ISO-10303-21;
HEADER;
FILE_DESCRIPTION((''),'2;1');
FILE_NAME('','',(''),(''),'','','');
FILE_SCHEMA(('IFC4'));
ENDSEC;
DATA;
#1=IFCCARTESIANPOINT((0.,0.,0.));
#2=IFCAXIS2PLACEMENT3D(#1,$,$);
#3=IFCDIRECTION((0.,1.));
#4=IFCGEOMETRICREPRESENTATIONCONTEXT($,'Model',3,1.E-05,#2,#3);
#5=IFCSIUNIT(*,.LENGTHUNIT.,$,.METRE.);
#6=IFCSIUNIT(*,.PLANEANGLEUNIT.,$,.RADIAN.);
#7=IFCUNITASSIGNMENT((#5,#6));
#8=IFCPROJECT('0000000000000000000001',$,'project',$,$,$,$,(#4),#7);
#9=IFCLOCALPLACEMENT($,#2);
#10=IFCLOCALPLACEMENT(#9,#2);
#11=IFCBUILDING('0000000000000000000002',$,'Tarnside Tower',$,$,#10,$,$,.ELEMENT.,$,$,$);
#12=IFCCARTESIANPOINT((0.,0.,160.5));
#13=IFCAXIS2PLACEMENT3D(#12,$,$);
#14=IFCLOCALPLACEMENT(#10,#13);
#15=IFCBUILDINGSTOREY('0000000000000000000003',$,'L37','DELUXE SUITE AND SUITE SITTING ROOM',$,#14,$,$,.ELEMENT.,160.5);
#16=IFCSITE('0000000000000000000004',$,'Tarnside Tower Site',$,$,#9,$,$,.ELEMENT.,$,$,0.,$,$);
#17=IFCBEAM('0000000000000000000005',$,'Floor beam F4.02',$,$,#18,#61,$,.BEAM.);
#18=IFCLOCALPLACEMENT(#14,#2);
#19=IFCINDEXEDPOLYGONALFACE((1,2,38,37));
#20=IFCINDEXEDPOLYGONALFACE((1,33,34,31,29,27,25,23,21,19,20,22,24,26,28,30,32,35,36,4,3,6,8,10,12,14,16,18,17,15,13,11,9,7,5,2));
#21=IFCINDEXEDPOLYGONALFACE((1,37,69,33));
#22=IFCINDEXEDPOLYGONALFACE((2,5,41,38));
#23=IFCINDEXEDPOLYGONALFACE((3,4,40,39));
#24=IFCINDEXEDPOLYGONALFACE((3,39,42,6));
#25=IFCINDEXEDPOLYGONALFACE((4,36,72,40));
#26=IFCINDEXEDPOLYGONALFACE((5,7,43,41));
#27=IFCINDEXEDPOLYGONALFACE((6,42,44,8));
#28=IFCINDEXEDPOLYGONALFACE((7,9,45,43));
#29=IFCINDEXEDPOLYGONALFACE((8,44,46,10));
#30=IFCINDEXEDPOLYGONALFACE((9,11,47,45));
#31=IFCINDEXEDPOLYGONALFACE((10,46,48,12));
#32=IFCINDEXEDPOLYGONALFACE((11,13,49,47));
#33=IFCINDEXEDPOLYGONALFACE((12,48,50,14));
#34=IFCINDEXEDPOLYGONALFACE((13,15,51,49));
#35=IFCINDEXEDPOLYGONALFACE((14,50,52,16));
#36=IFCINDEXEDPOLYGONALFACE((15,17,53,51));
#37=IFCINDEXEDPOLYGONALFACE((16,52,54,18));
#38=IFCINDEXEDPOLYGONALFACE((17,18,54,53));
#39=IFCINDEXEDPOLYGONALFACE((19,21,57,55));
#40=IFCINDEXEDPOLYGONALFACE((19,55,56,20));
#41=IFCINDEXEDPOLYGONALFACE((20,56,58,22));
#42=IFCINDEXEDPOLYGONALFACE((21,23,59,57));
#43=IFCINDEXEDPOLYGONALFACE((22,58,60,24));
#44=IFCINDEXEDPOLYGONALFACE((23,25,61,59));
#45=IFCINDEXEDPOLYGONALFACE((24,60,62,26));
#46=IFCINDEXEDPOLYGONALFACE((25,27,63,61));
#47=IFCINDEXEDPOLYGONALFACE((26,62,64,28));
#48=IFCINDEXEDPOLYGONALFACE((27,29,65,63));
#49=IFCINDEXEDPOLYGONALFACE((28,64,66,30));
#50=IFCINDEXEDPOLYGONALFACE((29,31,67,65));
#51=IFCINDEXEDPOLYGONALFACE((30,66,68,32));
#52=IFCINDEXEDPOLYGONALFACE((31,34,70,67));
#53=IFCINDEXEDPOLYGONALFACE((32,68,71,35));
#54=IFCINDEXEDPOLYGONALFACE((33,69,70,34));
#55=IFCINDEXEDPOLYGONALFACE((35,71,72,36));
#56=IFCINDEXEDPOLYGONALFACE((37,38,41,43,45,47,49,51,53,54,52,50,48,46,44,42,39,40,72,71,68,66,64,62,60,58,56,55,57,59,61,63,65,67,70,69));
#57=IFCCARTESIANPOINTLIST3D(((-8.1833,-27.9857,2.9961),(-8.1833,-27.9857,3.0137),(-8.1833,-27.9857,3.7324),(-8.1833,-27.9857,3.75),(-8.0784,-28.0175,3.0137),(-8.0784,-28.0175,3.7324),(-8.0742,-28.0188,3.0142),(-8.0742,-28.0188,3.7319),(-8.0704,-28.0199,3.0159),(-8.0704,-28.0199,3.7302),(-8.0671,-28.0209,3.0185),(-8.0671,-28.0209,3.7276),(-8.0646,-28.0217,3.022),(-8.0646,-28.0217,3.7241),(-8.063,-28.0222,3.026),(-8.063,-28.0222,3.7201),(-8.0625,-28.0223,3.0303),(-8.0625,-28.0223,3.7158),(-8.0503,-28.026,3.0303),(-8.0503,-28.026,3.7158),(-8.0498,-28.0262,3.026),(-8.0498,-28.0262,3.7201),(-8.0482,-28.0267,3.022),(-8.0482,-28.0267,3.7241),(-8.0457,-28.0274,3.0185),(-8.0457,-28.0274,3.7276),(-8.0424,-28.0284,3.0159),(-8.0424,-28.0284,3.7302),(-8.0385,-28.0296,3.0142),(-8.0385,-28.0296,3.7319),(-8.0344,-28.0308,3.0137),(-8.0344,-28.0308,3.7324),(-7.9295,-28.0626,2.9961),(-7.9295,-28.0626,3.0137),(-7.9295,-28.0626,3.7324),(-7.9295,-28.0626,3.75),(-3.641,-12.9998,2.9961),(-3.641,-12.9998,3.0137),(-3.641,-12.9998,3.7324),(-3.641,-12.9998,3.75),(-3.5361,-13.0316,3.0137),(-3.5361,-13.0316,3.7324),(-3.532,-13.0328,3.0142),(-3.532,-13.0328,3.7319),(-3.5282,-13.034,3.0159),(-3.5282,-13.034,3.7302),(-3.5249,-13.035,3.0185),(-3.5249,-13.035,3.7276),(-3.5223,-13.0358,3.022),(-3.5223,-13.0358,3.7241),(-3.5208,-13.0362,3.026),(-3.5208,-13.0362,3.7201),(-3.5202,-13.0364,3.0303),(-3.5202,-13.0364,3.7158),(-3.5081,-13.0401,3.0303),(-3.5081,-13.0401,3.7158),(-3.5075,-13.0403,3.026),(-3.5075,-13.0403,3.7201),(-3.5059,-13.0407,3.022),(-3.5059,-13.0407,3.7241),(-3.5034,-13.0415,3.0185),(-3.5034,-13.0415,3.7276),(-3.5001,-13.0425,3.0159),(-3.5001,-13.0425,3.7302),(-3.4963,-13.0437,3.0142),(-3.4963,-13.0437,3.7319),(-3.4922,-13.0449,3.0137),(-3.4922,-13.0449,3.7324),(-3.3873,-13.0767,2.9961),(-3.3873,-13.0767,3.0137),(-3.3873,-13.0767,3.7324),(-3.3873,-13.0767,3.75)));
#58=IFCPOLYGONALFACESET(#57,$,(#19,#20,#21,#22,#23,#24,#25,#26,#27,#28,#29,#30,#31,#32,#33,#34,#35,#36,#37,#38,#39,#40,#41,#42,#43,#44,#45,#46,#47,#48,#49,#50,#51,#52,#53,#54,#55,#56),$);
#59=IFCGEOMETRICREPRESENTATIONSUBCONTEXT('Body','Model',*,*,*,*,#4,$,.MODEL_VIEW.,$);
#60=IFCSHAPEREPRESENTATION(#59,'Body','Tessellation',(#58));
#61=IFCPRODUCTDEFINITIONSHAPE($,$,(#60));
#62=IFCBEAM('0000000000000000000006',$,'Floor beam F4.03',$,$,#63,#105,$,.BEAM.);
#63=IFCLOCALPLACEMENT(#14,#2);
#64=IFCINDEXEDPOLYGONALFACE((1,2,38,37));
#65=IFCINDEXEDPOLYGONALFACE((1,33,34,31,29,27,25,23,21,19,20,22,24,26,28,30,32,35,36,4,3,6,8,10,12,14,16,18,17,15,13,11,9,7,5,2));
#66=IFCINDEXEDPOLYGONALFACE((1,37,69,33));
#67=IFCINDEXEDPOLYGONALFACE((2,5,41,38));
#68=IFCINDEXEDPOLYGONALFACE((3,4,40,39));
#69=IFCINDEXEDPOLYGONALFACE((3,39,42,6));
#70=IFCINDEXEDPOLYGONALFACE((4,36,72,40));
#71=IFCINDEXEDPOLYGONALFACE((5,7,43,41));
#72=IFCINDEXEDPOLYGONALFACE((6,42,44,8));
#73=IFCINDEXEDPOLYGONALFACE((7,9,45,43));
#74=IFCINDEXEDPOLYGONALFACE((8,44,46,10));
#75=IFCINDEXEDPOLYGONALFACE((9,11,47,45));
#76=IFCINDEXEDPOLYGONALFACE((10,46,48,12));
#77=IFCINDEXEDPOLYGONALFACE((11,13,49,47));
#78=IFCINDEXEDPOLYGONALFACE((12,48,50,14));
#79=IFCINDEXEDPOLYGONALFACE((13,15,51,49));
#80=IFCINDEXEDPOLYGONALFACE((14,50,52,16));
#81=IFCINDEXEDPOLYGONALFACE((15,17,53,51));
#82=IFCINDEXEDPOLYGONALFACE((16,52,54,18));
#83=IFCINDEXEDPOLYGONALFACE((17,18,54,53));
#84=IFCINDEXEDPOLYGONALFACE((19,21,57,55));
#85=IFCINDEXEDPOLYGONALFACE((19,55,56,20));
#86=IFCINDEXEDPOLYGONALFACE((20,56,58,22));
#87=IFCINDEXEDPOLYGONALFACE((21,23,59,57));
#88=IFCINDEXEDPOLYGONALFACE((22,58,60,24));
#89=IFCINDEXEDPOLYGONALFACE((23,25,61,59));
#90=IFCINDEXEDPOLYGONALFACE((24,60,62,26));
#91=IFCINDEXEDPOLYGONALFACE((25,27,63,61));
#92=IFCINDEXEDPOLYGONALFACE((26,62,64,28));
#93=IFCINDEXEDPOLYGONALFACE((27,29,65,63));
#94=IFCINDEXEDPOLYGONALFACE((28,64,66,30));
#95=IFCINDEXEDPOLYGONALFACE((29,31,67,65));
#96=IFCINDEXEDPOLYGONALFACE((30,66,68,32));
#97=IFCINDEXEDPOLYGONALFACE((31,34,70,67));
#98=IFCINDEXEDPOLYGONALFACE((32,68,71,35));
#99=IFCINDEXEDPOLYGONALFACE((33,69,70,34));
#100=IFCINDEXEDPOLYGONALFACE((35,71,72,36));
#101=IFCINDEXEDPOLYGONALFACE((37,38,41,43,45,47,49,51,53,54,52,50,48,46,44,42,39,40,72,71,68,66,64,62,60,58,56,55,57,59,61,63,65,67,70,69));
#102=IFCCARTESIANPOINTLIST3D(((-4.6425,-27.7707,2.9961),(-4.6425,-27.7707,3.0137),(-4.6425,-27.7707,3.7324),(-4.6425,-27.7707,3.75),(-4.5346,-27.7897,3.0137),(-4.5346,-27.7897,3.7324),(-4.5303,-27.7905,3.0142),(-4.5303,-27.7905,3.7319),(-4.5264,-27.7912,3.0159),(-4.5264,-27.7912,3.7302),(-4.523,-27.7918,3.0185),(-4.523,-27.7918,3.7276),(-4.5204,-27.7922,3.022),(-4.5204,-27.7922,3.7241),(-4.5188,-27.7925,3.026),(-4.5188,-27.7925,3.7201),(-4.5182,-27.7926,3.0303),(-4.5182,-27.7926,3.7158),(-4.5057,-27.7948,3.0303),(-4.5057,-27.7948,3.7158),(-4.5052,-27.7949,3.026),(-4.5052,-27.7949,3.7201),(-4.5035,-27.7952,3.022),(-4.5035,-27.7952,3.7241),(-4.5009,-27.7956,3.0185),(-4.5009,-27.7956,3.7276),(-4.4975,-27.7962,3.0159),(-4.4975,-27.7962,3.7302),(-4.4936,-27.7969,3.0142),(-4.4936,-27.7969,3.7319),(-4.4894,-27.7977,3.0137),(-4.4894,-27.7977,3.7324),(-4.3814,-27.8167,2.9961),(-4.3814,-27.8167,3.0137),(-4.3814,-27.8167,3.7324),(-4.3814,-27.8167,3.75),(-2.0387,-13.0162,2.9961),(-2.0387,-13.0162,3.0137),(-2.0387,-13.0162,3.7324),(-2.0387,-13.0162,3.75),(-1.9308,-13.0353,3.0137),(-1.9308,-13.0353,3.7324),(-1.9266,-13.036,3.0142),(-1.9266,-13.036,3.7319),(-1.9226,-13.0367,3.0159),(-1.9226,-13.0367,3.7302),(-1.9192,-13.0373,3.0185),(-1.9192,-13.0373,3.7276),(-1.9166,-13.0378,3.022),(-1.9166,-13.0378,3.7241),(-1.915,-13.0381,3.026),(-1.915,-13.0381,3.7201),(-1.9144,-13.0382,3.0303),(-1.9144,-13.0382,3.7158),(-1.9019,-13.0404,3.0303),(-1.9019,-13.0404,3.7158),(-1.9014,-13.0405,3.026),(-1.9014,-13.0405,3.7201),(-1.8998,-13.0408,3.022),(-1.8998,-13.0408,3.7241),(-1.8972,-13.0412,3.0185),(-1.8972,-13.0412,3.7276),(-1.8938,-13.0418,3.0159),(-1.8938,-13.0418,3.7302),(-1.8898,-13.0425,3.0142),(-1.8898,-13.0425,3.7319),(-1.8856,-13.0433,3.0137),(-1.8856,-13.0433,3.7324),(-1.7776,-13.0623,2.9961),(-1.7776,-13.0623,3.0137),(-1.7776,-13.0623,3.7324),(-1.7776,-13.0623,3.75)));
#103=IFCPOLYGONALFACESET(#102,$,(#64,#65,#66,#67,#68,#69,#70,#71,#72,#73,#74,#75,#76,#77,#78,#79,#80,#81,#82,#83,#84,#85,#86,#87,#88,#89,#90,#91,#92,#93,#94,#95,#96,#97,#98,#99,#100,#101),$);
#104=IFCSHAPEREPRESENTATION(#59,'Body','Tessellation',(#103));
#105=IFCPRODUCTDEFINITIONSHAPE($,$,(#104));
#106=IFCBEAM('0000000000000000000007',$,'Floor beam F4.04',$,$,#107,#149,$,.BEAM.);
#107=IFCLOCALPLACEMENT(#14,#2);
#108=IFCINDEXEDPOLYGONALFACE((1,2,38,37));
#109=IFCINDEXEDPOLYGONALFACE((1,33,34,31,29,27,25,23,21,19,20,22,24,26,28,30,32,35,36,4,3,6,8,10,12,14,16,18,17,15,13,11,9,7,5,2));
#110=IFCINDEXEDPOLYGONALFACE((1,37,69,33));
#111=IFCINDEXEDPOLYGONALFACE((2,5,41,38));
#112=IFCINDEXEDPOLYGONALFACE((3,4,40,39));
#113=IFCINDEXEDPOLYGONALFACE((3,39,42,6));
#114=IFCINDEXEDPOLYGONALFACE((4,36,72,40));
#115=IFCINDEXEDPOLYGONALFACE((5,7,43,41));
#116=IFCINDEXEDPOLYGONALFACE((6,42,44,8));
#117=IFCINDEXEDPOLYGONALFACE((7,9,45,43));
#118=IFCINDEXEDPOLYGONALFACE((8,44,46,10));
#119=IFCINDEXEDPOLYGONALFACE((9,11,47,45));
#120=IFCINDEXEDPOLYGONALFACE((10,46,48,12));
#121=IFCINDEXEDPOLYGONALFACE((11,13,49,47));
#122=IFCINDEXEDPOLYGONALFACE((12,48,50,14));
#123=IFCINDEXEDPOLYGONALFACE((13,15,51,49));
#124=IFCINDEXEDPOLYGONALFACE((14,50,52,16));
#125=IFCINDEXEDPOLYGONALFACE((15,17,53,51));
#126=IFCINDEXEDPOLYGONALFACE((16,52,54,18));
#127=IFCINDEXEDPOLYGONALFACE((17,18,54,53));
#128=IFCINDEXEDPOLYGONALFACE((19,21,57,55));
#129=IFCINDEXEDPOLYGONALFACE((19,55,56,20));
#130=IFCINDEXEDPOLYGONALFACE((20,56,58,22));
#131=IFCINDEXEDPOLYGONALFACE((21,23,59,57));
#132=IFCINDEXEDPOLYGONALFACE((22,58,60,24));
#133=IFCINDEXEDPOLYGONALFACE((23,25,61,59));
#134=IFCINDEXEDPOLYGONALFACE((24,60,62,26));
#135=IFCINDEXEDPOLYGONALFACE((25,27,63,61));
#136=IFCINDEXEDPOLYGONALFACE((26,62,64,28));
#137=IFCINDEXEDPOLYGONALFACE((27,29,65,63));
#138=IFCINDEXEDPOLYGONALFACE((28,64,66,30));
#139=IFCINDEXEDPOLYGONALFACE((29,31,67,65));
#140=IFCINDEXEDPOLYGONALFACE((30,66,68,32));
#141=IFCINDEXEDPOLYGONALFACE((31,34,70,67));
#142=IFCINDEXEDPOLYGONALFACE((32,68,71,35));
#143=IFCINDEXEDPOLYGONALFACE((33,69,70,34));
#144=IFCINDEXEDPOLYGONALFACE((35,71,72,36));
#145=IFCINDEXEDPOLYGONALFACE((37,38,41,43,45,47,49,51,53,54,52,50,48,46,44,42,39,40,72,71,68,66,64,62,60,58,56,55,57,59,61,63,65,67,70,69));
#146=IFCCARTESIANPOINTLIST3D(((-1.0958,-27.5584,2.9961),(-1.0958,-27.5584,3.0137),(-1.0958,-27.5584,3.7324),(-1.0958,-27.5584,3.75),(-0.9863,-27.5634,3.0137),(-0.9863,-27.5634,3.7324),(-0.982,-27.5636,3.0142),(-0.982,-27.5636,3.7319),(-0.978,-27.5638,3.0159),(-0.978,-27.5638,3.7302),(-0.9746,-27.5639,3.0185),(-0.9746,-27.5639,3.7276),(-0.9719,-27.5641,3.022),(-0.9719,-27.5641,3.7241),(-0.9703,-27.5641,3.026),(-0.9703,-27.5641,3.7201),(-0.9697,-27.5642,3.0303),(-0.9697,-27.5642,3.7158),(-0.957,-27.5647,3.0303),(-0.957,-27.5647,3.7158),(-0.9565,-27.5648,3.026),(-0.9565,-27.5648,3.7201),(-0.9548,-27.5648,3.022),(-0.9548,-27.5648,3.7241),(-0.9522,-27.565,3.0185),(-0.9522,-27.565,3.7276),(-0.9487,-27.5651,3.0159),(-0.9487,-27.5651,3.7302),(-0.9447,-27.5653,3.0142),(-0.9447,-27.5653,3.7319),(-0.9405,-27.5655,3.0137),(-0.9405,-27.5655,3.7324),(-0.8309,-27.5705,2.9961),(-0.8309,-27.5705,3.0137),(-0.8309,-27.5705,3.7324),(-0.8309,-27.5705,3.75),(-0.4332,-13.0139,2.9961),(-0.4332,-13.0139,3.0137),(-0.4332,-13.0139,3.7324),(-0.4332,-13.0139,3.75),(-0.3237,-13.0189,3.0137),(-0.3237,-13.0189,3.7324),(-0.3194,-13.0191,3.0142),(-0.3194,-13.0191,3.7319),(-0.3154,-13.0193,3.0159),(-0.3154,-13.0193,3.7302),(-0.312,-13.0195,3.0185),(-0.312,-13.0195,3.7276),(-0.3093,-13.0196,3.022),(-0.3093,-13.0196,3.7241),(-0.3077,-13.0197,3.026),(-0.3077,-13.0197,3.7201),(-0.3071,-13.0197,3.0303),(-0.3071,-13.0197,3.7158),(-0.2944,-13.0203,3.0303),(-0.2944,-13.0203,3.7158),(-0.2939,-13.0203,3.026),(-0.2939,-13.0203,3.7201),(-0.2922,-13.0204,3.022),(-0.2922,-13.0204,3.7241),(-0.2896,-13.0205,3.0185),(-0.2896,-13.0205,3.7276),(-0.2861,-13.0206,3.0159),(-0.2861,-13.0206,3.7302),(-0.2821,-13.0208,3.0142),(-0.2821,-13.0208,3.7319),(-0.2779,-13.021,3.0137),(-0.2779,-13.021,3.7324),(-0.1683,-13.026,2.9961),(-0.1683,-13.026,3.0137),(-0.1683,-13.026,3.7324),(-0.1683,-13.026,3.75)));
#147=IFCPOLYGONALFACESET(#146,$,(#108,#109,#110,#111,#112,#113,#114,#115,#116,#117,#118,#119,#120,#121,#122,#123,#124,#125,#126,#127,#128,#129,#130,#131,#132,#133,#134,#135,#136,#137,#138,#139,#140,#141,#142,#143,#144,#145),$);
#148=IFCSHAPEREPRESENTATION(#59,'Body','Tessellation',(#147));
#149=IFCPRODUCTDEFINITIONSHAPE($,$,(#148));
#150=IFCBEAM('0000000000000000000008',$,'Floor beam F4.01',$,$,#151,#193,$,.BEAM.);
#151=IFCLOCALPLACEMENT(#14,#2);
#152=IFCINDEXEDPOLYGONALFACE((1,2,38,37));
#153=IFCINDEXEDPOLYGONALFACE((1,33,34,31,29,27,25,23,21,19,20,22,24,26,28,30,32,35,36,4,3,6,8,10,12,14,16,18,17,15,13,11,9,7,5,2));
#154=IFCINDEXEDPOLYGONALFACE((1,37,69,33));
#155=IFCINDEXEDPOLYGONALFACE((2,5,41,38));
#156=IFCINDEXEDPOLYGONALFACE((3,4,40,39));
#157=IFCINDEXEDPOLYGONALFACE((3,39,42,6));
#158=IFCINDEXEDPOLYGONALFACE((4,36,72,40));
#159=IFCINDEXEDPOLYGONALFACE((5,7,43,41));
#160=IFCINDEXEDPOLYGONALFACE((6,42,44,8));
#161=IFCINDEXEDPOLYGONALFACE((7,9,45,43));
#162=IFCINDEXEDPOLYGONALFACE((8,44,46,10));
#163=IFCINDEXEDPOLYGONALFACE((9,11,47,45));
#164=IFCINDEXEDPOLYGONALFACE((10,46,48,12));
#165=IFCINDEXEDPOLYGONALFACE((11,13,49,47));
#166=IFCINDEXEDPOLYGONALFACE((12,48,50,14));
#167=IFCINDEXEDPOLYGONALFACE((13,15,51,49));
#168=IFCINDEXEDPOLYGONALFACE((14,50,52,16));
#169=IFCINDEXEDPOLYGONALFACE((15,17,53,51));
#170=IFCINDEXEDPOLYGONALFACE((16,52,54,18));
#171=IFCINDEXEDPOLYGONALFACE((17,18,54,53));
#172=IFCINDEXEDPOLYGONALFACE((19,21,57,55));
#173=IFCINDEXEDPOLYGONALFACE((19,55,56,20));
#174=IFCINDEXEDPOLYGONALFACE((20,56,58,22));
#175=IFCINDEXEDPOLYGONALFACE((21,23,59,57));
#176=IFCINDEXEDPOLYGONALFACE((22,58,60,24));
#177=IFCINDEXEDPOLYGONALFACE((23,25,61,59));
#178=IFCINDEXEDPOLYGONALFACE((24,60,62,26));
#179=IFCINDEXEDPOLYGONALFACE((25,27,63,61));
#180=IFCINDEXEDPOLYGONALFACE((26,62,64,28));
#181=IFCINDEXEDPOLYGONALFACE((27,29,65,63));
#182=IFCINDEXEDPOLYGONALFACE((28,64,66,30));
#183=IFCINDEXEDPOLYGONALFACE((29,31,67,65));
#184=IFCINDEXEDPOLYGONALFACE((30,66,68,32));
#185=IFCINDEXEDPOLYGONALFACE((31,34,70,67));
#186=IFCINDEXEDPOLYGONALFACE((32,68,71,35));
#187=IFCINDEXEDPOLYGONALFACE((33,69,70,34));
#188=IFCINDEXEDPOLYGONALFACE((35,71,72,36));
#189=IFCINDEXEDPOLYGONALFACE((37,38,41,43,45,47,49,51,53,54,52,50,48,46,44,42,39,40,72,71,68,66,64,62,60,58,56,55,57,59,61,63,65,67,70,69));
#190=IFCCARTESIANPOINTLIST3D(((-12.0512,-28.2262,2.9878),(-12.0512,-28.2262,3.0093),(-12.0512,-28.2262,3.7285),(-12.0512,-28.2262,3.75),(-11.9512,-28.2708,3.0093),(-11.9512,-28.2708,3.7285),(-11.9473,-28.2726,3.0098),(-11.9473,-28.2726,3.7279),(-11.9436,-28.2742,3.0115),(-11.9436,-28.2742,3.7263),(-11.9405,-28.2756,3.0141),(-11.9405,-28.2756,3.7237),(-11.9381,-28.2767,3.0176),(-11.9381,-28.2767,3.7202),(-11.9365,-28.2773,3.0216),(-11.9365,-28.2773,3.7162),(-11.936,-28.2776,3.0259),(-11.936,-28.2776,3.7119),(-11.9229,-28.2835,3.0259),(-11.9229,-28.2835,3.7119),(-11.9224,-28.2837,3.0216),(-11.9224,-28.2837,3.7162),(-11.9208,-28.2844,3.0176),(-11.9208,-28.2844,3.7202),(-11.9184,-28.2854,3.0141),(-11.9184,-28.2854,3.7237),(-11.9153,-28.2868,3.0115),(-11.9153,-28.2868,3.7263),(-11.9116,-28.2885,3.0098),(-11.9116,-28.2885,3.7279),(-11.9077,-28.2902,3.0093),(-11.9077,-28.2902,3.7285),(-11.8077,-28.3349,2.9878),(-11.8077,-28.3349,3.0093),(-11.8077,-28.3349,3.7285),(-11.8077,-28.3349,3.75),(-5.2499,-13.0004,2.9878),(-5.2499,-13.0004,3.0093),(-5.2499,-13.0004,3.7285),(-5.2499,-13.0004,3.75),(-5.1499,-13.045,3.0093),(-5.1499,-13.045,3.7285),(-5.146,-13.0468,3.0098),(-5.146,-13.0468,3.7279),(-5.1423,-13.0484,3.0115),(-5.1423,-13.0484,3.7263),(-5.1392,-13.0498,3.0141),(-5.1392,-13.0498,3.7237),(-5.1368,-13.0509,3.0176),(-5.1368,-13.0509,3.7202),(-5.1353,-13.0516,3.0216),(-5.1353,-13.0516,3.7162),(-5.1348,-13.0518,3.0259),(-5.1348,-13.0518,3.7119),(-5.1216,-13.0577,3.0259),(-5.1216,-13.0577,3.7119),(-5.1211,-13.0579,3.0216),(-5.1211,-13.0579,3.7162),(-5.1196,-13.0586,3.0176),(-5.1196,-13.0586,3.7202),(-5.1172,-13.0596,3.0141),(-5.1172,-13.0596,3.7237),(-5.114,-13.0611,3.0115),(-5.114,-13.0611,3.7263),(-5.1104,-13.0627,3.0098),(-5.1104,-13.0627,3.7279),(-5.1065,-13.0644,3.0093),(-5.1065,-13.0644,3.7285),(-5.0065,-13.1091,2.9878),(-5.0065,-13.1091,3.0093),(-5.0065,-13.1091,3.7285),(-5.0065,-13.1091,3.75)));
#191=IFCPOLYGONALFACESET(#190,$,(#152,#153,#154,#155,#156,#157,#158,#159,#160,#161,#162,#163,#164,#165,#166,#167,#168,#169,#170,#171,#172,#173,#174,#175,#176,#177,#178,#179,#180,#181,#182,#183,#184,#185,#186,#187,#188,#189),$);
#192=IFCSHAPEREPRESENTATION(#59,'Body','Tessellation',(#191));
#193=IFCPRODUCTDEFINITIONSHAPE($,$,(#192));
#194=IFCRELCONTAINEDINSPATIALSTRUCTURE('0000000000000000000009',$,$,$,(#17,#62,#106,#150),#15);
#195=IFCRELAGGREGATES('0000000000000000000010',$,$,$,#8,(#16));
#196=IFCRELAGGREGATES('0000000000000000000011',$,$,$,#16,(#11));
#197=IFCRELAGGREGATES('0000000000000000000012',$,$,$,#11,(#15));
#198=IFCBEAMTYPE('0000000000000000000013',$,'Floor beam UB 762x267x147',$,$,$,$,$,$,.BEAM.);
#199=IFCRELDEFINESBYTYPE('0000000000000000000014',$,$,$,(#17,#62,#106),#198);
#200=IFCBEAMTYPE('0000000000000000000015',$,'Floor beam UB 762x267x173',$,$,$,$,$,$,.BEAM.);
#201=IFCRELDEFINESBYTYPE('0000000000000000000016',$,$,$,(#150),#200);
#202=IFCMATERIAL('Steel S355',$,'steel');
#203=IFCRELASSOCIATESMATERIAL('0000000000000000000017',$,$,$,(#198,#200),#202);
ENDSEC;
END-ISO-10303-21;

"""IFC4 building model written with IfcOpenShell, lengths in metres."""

from ifc_helpers import new_model, si_unit, direction, frame, origin, origin_2d, place, context, subcontext, project, spatial, i_section, extrude, material, material_profile, profile_set, type_object, element, save


model = new_model("IFC4")

# Units and contexts
model_context = context("Model", 3, precision=1e-05, world=origin(), true_north=direction((0.0, 1.0)))
body_context = subcontext(model_context, "Body", "Model", "MODEL_VIEW")
ifc_project = project(units=[si_unit("LENGTHUNIT", "METRE"), si_unit("PLANEANGLEUNIT", "RADIAN")], contexts=[model_context])

# Site, building, storey
site_placement = place(None, origin())
site = spatial("IfcSite", under=ifc_project, at=site_placement, Name="Tarnside Tower Site", CompositionType="ELEMENT", RefElevation=0.0)
building_placement = place(site_placement, origin())
building = spatial("IfcBuilding", under=site, at=building_placement, Name="Tarnside Tower", CompositionType="ELEMENT")
storey_placement = place(building_placement, frame((0.0, 0.0, 160.5)))
storey = spatial("IfcBuildingStorey", under=building, at=storey_placement, Name="L37", Description="DELUXE SUITE AND SUITE SITTING ROOM", CompositionType="ELEMENT", Elevation=160.5)

# Beams
ifc_material_1 = material(Name="Steel S355", Category="steel")
ifc_material_profile_1 = material_profile(ifc_material_1, i_section(OverallWidth=0.2651, OverallDepth=0.7539, WebThickness=0.0127, FlangeThickness=0.0176, FilletRadius=0.0166, at=origin_2d()), Name="UB 762x267x147")
ifc_profile_set_1 = profile_set([ifc_material_profile_1], Name="Steel S355")
beam_type_1 = type_object("IfcBeamType", Name="Floor beam UB 762x267x147", PredefinedType="BEAM", material=ifc_profile_set_1)
beam_1_placement = place(storey_placement, frame((-8.0564, -28.0242, 3.373), z_axis=(0.29007, 0.957005, 0.0), x_axis=(-0.957005, 0.29007, 0.0)))
element("IfcBeam", 1, at=beam_1_placement, inside=storey, type_object=beam_type_1, Name="Floor beam F4.02", PredefinedType="BEAM", context=body_context, shape_type="SweptSolid", body=[
    extrude(i_section(OverallWidth=0.2651, OverallDepth=0.7539, WebThickness=0.0127, FlangeThickness=0.0176, FilletRadius=0.0166, at=origin_2d()), origin(), (0.0, 0.0, 1.0), 15.6592),
])
beam_2_placement = place(storey_placement, frame((-4.512, -27.7937, 3.373), z_axis=(0.173788, 0.984783, 0.0), x_axis=(-0.984783, 0.173788, 0.0)))
element("IfcBeam", 2, at=beam_2_placement, inside=storey, type_object=beam_type_1, Name="Floor beam F4.03", PredefinedType="BEAM", context=body_context, shape_type="SweptSolid", body=[
    extrude(i_section(OverallWidth=0.2651, OverallDepth=0.7539, WebThickness=0.0127, FlangeThickness=0.0176, FilletRadius=0.0166, at=origin_2d()), origin(), (0.0, 0.0, 1.0), 14.9824),
])
beam_3_placement = place(storey_placement, frame((-0.9634, -27.5645, 3.373), z_axis=(0.04551, 0.998964, 0.0), x_axis=(-0.998964, 0.04551, 0.0)))
element("IfcBeam", 3, at=beam_3_placement, inside=storey, type_object=beam_type_1, Name="Floor beam F4.04", PredefinedType="BEAM", context=body_context, shape_type="SweptSolid", body=[
    extrude(i_section(OverallWidth=0.2651, OverallDepth=0.7539, WebThickness=0.0127, FlangeThickness=0.0176, FilletRadius=0.0166, at=origin_2d()), origin(), (0.0, 0.0, 1.0), 14.5596),
])
ifc_material_profile_2 = material_profile(ifc_material_1, i_section(OverallWidth=0.2666, OverallDepth=0.7622, WebThickness=0.0144, FlangeThickness=0.0215, FilletRadius=0.0166, at=origin_2d()), Name="UB 762x267x173")
ifc_profile_set_2 = profile_set([ifc_material_profile_2], Name="Steel S355")
beam_type_2 = type_object("IfcBeamType", Name="Floor beam UB 762x267x173", PredefinedType="BEAM", material=ifc_profile_set_2)
beam_4_placement = place(storey_placement, frame((-11.9294, -28.2805, 3.3689), z_axis=(0.407852, 0.913048, 0.0), x_axis=(-0.913048, 0.407852, 0.0)))
element("IfcBeam", 4, at=beam_4_placement, inside=storey, type_object=beam_type_2, Name="Floor beam F4.01", PredefinedType="BEAM", context=body_context, shape_type="SweptSolid", body=[
    extrude(i_section(OverallWidth=0.2666, OverallDepth=0.7622, WebThickness=0.0144, FlangeThickness=0.0215, FilletRadius=0.0166, at=origin_2d()), origin(), (0.0, 0.0, 1.0), 16.6758),
])

save(model, "model.ifc")
